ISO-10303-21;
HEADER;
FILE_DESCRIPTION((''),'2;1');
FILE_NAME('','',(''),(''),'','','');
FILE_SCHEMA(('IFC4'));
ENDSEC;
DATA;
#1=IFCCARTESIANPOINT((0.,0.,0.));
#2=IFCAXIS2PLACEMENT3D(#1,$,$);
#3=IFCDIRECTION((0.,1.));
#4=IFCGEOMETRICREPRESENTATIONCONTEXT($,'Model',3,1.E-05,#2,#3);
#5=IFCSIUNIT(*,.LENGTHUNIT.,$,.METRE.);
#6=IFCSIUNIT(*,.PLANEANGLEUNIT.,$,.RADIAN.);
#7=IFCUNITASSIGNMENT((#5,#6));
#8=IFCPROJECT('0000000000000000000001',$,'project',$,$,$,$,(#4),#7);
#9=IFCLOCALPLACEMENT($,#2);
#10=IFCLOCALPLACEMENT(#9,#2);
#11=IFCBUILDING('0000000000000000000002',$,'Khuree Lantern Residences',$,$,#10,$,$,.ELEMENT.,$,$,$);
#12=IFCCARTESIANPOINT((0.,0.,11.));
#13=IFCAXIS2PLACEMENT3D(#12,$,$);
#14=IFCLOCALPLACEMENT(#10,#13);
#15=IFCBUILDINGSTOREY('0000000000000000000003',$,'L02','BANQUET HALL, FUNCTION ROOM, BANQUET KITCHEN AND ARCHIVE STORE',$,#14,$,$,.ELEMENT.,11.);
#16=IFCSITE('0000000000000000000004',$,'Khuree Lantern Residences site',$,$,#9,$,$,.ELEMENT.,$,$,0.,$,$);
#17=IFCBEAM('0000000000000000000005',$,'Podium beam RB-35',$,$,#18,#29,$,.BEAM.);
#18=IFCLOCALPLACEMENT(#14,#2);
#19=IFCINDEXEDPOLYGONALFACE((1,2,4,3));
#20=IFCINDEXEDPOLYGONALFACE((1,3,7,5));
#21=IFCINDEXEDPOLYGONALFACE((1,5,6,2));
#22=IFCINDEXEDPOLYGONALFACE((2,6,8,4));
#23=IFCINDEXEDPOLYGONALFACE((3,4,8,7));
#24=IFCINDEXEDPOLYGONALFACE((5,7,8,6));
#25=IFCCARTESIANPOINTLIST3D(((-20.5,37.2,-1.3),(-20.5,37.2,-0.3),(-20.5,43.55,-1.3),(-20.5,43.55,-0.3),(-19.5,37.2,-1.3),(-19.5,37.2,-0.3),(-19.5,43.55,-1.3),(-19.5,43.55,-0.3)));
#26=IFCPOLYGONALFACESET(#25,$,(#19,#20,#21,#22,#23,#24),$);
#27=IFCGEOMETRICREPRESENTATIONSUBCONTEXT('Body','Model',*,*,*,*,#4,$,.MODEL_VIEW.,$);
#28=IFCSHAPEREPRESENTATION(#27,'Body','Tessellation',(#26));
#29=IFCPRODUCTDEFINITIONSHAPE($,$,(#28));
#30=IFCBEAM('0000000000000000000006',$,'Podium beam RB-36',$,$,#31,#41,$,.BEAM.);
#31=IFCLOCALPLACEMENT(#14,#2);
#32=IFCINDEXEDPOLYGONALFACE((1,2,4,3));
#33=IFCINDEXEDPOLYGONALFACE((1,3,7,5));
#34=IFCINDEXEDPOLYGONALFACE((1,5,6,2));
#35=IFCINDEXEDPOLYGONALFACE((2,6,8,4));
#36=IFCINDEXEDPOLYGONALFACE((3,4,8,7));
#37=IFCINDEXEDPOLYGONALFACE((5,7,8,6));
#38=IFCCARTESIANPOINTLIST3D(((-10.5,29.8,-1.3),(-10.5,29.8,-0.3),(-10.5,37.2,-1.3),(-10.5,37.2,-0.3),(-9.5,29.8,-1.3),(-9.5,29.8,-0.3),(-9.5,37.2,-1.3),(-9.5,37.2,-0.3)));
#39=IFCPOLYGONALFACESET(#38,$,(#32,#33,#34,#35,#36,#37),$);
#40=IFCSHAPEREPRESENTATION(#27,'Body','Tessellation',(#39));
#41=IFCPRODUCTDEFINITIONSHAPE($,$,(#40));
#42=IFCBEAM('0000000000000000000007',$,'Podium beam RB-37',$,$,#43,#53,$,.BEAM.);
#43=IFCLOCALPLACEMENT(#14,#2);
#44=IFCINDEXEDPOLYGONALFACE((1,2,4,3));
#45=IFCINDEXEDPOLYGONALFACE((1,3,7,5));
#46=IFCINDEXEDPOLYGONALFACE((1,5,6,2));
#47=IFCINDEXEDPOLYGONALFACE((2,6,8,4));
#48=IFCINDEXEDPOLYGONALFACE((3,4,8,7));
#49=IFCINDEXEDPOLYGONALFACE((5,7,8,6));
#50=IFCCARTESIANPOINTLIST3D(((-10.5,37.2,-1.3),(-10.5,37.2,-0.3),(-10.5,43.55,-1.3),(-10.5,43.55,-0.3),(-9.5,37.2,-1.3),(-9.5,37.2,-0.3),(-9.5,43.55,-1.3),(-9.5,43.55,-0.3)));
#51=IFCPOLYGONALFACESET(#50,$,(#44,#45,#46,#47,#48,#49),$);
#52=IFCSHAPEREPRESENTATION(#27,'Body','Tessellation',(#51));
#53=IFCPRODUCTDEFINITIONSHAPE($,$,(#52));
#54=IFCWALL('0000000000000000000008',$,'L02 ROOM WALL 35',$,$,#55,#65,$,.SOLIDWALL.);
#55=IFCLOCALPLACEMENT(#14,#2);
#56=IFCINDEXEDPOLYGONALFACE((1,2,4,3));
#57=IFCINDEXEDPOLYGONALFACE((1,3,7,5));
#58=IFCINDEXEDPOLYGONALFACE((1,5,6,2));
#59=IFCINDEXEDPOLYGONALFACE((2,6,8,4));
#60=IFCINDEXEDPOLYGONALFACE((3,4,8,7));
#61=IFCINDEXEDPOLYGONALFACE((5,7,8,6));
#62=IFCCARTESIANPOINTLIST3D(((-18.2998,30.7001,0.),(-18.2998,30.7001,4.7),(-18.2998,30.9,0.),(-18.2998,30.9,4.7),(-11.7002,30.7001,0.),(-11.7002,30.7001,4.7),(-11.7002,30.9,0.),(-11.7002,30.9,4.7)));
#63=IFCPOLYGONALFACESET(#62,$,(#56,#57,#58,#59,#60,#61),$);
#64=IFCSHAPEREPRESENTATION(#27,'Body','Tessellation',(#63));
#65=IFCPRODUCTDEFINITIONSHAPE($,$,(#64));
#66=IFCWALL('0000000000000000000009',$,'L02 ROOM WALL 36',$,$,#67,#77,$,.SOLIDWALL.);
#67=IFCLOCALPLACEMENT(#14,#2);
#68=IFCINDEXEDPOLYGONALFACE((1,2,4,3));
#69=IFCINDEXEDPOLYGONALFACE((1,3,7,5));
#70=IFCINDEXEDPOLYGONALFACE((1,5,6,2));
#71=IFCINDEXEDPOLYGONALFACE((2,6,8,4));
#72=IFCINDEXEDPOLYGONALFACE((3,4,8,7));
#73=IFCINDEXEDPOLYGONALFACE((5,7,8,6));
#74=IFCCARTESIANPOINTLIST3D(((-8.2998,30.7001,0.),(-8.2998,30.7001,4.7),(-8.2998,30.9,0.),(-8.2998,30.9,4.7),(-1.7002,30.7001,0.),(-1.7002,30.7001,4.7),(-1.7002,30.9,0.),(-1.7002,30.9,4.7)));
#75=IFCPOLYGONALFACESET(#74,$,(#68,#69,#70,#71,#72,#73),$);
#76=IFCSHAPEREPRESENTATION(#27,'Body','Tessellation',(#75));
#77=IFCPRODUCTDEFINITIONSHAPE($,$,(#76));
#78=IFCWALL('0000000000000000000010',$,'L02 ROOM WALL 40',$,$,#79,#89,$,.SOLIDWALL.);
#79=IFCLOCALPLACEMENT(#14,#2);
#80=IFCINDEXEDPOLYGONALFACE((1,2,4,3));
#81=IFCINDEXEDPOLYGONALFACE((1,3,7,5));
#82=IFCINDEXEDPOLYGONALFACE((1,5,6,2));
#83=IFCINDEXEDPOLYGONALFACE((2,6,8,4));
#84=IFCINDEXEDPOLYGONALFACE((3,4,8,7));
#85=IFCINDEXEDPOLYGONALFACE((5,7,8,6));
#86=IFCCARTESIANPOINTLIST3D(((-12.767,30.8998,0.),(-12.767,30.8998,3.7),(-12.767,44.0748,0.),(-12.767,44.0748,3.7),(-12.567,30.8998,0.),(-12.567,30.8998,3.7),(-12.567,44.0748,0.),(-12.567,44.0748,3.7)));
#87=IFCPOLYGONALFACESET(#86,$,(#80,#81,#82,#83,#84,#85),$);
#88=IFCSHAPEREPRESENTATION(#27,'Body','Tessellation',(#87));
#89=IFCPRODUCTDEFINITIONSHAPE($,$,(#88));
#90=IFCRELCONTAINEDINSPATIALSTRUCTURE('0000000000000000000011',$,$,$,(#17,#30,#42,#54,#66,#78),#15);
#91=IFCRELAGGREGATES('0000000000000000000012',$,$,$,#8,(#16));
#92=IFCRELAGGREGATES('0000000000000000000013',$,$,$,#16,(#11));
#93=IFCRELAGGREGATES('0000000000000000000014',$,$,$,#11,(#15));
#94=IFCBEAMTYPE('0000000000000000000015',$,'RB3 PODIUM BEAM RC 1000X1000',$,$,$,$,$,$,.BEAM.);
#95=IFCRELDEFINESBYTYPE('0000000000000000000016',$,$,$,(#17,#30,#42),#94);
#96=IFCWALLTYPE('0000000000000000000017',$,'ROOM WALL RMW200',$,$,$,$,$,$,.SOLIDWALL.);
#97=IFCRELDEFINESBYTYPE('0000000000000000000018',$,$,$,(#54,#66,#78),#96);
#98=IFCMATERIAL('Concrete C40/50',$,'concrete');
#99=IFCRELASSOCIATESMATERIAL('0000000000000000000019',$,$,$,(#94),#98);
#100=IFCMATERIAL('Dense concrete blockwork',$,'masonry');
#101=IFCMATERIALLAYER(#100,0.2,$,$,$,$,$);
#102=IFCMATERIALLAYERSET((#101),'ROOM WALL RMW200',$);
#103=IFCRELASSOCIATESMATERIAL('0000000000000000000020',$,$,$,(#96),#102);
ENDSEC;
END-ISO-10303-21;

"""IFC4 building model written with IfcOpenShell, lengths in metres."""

from ifc_helpers import new_model, si_unit, direction, frame, frame_2d, origin, origin_2d, place, context, subcontext, project, spatial, rectangle, extrude, material, layer, layer_set, material_profile, profile_set, type_object, element, save


model = new_model("IFC4")

# Units and contexts
model_context = context("Model", 3, precision=1e-05, world=origin(), true_north=direction((0.0, 1.0)))
body_context = subcontext(model_context, "Body", "Model", "MODEL_VIEW")
ifc_project = project(units=[si_unit("LENGTHUNIT", "METRE"), si_unit("PLANEANGLEUNIT", "RADIAN")], contexts=[model_context])

# Site, building, storey
site_placement = place(None, origin())
site = spatial("IfcSite", under=ifc_project, at=site_placement, Name="Khuree Lantern Residences site", CompositionType="ELEMENT", RefElevation=0.0)
building_placement = place(site_placement, origin())
building = spatial("IfcBuilding", under=site, at=building_placement, Name="Khuree Lantern Residences", CompositionType="ELEMENT")
storey_placement = place(building_placement, frame((0.0, 0.0, 11.0)))
storey = spatial("IfcBuildingStorey", under=building, at=storey_placement, Name="L02", Description="BANQUET HALL, FUNCTION ROOM, BANQUET KITCHEN AND ARCHIVE STORE", CompositionType="ELEMENT", Elevation=11.0)

# Beams
ifc_material_1 = material(Name="Concrete C40/50", Category="concrete")
ifc_material_profile_1 = material_profile(ifc_material_1, rectangle(XDim=1.0, YDim=1.0, at=origin_2d()), Name="RC 1000X1000")
ifc_profile_set_1 = profile_set([ifc_material_profile_1], Name="Concrete C40/50")
beam_type_1 = type_object("IfcBeamType", Name="RB3 PODIUM BEAM RC 1000X1000", PredefinedType="BEAM", material=ifc_profile_set_1)
beam_1_placement = place(storey_placement, frame((-20.0, 37.2, -0.8), z_axis=(0.0, 1.0, 0.0), x_axis=(-1.0, 0.0, 0.0)))
element("IfcBeam", 1, at=beam_1_placement, inside=storey, type_object=beam_type_1, Name="Podium beam RB-35", PredefinedType="BEAM", context=body_context, shape_type="SweptSolid", body=[
    extrude(rectangle(XDim=1.0, YDim=1.0, at=origin_2d()), origin(), (0.0, 0.0, 1.0), 6.3501),
])
beam_2_placement = place(storey_placement, frame((-10.0, 29.8, -0.8), z_axis=(0.0, 1.0, 0.0), x_axis=(-1.0, 0.0, 0.0)))
element("IfcBeam", 2, at=beam_2_placement, inside=storey, type_object=beam_type_1, Name="Podium beam RB-36", PredefinedType="BEAM", context=body_context, shape_type="SweptSolid", body=[
    extrude(rectangle(XDim=1.0, YDim=1.0, at=origin_2d()), origin(), (0.0, 0.0, 1.0), 7.3999),
])
beam_3_placement = place(storey_placement, frame((-10.0, 37.2, -0.8), z_axis=(0.0, 1.0, 0.0), x_axis=(-1.0, 0.0, 0.0)))
element("IfcBeam", 3, at=beam_3_placement, inside=storey, type_object=beam_type_1, Name="Podium beam RB-37", PredefinedType="BEAM", context=body_context, shape_type="SweptSolid", body=[
    extrude(rectangle(XDim=1.0, YDim=1.0, at=origin_2d()), origin(), (0.0, 0.0, 1.0), 6.3501),
])

# Walls
ifc_material_2 = material(Name="Dense concrete blockwork", Category="masonry")
ifc_layer = layer(ifc_material_2, 0.2)
ifc_layer_set = layer_set([ifc_layer], Name="ROOM WALL RMW200")
wall_type = type_object("IfcWallType", Name="ROOM WALL RMW200", PredefinedType="SOLIDWALL", material=ifc_layer_set)
for number, where, z_axis, x_axis, name in (
    (4, (-18.2998, 30.8, 0.0), (0.0, 0.0, 1.0), (1.0, 0.0, 0.0), "L02 ROOM WALL 35"),
    (5, (-8.2998, 30.8, 0.0), (0.0, 0.0, 1.0), (1.0, 0.0, 0.0), "L02 ROOM WALL 36"),
):
    element("IfcWall", number, at=place(storey_placement, frame(where, z_axis=z_axis, x_axis=x_axis)), inside=storey, type_object=wall_type, Name=name, PredefinedType="SOLIDWALL", context=body_context, shape_type="SweptSolid", body=[
        extrude(rectangle(XDim=6.5996, YDim=0.2, at=frame_2d((3.2998, 0.0))), origin(), (0.0, 0.0, 1.0), 4.7),
    ])
wall_placement = place(storey_placement, frame((-12.667, 30.8999, 0.0), z_axis=(0.0, 0.0, 1.0), x_axis=(0.0, 1.0, 0.0)))
element("IfcWall", 6, at=wall_placement, inside=storey, type_object=wall_type, Name="L02 ROOM WALL 40", PredefinedType="SOLIDWALL", context=body_context, shape_type="SweptSolid", body=[
    extrude(rectangle(XDim=13.175, YDim=0.2, at=frame_2d((6.5874, 0.0))), origin(), (0.0, 0.0, 1.0), 3.7),
])

save(model, "model.ifc")
